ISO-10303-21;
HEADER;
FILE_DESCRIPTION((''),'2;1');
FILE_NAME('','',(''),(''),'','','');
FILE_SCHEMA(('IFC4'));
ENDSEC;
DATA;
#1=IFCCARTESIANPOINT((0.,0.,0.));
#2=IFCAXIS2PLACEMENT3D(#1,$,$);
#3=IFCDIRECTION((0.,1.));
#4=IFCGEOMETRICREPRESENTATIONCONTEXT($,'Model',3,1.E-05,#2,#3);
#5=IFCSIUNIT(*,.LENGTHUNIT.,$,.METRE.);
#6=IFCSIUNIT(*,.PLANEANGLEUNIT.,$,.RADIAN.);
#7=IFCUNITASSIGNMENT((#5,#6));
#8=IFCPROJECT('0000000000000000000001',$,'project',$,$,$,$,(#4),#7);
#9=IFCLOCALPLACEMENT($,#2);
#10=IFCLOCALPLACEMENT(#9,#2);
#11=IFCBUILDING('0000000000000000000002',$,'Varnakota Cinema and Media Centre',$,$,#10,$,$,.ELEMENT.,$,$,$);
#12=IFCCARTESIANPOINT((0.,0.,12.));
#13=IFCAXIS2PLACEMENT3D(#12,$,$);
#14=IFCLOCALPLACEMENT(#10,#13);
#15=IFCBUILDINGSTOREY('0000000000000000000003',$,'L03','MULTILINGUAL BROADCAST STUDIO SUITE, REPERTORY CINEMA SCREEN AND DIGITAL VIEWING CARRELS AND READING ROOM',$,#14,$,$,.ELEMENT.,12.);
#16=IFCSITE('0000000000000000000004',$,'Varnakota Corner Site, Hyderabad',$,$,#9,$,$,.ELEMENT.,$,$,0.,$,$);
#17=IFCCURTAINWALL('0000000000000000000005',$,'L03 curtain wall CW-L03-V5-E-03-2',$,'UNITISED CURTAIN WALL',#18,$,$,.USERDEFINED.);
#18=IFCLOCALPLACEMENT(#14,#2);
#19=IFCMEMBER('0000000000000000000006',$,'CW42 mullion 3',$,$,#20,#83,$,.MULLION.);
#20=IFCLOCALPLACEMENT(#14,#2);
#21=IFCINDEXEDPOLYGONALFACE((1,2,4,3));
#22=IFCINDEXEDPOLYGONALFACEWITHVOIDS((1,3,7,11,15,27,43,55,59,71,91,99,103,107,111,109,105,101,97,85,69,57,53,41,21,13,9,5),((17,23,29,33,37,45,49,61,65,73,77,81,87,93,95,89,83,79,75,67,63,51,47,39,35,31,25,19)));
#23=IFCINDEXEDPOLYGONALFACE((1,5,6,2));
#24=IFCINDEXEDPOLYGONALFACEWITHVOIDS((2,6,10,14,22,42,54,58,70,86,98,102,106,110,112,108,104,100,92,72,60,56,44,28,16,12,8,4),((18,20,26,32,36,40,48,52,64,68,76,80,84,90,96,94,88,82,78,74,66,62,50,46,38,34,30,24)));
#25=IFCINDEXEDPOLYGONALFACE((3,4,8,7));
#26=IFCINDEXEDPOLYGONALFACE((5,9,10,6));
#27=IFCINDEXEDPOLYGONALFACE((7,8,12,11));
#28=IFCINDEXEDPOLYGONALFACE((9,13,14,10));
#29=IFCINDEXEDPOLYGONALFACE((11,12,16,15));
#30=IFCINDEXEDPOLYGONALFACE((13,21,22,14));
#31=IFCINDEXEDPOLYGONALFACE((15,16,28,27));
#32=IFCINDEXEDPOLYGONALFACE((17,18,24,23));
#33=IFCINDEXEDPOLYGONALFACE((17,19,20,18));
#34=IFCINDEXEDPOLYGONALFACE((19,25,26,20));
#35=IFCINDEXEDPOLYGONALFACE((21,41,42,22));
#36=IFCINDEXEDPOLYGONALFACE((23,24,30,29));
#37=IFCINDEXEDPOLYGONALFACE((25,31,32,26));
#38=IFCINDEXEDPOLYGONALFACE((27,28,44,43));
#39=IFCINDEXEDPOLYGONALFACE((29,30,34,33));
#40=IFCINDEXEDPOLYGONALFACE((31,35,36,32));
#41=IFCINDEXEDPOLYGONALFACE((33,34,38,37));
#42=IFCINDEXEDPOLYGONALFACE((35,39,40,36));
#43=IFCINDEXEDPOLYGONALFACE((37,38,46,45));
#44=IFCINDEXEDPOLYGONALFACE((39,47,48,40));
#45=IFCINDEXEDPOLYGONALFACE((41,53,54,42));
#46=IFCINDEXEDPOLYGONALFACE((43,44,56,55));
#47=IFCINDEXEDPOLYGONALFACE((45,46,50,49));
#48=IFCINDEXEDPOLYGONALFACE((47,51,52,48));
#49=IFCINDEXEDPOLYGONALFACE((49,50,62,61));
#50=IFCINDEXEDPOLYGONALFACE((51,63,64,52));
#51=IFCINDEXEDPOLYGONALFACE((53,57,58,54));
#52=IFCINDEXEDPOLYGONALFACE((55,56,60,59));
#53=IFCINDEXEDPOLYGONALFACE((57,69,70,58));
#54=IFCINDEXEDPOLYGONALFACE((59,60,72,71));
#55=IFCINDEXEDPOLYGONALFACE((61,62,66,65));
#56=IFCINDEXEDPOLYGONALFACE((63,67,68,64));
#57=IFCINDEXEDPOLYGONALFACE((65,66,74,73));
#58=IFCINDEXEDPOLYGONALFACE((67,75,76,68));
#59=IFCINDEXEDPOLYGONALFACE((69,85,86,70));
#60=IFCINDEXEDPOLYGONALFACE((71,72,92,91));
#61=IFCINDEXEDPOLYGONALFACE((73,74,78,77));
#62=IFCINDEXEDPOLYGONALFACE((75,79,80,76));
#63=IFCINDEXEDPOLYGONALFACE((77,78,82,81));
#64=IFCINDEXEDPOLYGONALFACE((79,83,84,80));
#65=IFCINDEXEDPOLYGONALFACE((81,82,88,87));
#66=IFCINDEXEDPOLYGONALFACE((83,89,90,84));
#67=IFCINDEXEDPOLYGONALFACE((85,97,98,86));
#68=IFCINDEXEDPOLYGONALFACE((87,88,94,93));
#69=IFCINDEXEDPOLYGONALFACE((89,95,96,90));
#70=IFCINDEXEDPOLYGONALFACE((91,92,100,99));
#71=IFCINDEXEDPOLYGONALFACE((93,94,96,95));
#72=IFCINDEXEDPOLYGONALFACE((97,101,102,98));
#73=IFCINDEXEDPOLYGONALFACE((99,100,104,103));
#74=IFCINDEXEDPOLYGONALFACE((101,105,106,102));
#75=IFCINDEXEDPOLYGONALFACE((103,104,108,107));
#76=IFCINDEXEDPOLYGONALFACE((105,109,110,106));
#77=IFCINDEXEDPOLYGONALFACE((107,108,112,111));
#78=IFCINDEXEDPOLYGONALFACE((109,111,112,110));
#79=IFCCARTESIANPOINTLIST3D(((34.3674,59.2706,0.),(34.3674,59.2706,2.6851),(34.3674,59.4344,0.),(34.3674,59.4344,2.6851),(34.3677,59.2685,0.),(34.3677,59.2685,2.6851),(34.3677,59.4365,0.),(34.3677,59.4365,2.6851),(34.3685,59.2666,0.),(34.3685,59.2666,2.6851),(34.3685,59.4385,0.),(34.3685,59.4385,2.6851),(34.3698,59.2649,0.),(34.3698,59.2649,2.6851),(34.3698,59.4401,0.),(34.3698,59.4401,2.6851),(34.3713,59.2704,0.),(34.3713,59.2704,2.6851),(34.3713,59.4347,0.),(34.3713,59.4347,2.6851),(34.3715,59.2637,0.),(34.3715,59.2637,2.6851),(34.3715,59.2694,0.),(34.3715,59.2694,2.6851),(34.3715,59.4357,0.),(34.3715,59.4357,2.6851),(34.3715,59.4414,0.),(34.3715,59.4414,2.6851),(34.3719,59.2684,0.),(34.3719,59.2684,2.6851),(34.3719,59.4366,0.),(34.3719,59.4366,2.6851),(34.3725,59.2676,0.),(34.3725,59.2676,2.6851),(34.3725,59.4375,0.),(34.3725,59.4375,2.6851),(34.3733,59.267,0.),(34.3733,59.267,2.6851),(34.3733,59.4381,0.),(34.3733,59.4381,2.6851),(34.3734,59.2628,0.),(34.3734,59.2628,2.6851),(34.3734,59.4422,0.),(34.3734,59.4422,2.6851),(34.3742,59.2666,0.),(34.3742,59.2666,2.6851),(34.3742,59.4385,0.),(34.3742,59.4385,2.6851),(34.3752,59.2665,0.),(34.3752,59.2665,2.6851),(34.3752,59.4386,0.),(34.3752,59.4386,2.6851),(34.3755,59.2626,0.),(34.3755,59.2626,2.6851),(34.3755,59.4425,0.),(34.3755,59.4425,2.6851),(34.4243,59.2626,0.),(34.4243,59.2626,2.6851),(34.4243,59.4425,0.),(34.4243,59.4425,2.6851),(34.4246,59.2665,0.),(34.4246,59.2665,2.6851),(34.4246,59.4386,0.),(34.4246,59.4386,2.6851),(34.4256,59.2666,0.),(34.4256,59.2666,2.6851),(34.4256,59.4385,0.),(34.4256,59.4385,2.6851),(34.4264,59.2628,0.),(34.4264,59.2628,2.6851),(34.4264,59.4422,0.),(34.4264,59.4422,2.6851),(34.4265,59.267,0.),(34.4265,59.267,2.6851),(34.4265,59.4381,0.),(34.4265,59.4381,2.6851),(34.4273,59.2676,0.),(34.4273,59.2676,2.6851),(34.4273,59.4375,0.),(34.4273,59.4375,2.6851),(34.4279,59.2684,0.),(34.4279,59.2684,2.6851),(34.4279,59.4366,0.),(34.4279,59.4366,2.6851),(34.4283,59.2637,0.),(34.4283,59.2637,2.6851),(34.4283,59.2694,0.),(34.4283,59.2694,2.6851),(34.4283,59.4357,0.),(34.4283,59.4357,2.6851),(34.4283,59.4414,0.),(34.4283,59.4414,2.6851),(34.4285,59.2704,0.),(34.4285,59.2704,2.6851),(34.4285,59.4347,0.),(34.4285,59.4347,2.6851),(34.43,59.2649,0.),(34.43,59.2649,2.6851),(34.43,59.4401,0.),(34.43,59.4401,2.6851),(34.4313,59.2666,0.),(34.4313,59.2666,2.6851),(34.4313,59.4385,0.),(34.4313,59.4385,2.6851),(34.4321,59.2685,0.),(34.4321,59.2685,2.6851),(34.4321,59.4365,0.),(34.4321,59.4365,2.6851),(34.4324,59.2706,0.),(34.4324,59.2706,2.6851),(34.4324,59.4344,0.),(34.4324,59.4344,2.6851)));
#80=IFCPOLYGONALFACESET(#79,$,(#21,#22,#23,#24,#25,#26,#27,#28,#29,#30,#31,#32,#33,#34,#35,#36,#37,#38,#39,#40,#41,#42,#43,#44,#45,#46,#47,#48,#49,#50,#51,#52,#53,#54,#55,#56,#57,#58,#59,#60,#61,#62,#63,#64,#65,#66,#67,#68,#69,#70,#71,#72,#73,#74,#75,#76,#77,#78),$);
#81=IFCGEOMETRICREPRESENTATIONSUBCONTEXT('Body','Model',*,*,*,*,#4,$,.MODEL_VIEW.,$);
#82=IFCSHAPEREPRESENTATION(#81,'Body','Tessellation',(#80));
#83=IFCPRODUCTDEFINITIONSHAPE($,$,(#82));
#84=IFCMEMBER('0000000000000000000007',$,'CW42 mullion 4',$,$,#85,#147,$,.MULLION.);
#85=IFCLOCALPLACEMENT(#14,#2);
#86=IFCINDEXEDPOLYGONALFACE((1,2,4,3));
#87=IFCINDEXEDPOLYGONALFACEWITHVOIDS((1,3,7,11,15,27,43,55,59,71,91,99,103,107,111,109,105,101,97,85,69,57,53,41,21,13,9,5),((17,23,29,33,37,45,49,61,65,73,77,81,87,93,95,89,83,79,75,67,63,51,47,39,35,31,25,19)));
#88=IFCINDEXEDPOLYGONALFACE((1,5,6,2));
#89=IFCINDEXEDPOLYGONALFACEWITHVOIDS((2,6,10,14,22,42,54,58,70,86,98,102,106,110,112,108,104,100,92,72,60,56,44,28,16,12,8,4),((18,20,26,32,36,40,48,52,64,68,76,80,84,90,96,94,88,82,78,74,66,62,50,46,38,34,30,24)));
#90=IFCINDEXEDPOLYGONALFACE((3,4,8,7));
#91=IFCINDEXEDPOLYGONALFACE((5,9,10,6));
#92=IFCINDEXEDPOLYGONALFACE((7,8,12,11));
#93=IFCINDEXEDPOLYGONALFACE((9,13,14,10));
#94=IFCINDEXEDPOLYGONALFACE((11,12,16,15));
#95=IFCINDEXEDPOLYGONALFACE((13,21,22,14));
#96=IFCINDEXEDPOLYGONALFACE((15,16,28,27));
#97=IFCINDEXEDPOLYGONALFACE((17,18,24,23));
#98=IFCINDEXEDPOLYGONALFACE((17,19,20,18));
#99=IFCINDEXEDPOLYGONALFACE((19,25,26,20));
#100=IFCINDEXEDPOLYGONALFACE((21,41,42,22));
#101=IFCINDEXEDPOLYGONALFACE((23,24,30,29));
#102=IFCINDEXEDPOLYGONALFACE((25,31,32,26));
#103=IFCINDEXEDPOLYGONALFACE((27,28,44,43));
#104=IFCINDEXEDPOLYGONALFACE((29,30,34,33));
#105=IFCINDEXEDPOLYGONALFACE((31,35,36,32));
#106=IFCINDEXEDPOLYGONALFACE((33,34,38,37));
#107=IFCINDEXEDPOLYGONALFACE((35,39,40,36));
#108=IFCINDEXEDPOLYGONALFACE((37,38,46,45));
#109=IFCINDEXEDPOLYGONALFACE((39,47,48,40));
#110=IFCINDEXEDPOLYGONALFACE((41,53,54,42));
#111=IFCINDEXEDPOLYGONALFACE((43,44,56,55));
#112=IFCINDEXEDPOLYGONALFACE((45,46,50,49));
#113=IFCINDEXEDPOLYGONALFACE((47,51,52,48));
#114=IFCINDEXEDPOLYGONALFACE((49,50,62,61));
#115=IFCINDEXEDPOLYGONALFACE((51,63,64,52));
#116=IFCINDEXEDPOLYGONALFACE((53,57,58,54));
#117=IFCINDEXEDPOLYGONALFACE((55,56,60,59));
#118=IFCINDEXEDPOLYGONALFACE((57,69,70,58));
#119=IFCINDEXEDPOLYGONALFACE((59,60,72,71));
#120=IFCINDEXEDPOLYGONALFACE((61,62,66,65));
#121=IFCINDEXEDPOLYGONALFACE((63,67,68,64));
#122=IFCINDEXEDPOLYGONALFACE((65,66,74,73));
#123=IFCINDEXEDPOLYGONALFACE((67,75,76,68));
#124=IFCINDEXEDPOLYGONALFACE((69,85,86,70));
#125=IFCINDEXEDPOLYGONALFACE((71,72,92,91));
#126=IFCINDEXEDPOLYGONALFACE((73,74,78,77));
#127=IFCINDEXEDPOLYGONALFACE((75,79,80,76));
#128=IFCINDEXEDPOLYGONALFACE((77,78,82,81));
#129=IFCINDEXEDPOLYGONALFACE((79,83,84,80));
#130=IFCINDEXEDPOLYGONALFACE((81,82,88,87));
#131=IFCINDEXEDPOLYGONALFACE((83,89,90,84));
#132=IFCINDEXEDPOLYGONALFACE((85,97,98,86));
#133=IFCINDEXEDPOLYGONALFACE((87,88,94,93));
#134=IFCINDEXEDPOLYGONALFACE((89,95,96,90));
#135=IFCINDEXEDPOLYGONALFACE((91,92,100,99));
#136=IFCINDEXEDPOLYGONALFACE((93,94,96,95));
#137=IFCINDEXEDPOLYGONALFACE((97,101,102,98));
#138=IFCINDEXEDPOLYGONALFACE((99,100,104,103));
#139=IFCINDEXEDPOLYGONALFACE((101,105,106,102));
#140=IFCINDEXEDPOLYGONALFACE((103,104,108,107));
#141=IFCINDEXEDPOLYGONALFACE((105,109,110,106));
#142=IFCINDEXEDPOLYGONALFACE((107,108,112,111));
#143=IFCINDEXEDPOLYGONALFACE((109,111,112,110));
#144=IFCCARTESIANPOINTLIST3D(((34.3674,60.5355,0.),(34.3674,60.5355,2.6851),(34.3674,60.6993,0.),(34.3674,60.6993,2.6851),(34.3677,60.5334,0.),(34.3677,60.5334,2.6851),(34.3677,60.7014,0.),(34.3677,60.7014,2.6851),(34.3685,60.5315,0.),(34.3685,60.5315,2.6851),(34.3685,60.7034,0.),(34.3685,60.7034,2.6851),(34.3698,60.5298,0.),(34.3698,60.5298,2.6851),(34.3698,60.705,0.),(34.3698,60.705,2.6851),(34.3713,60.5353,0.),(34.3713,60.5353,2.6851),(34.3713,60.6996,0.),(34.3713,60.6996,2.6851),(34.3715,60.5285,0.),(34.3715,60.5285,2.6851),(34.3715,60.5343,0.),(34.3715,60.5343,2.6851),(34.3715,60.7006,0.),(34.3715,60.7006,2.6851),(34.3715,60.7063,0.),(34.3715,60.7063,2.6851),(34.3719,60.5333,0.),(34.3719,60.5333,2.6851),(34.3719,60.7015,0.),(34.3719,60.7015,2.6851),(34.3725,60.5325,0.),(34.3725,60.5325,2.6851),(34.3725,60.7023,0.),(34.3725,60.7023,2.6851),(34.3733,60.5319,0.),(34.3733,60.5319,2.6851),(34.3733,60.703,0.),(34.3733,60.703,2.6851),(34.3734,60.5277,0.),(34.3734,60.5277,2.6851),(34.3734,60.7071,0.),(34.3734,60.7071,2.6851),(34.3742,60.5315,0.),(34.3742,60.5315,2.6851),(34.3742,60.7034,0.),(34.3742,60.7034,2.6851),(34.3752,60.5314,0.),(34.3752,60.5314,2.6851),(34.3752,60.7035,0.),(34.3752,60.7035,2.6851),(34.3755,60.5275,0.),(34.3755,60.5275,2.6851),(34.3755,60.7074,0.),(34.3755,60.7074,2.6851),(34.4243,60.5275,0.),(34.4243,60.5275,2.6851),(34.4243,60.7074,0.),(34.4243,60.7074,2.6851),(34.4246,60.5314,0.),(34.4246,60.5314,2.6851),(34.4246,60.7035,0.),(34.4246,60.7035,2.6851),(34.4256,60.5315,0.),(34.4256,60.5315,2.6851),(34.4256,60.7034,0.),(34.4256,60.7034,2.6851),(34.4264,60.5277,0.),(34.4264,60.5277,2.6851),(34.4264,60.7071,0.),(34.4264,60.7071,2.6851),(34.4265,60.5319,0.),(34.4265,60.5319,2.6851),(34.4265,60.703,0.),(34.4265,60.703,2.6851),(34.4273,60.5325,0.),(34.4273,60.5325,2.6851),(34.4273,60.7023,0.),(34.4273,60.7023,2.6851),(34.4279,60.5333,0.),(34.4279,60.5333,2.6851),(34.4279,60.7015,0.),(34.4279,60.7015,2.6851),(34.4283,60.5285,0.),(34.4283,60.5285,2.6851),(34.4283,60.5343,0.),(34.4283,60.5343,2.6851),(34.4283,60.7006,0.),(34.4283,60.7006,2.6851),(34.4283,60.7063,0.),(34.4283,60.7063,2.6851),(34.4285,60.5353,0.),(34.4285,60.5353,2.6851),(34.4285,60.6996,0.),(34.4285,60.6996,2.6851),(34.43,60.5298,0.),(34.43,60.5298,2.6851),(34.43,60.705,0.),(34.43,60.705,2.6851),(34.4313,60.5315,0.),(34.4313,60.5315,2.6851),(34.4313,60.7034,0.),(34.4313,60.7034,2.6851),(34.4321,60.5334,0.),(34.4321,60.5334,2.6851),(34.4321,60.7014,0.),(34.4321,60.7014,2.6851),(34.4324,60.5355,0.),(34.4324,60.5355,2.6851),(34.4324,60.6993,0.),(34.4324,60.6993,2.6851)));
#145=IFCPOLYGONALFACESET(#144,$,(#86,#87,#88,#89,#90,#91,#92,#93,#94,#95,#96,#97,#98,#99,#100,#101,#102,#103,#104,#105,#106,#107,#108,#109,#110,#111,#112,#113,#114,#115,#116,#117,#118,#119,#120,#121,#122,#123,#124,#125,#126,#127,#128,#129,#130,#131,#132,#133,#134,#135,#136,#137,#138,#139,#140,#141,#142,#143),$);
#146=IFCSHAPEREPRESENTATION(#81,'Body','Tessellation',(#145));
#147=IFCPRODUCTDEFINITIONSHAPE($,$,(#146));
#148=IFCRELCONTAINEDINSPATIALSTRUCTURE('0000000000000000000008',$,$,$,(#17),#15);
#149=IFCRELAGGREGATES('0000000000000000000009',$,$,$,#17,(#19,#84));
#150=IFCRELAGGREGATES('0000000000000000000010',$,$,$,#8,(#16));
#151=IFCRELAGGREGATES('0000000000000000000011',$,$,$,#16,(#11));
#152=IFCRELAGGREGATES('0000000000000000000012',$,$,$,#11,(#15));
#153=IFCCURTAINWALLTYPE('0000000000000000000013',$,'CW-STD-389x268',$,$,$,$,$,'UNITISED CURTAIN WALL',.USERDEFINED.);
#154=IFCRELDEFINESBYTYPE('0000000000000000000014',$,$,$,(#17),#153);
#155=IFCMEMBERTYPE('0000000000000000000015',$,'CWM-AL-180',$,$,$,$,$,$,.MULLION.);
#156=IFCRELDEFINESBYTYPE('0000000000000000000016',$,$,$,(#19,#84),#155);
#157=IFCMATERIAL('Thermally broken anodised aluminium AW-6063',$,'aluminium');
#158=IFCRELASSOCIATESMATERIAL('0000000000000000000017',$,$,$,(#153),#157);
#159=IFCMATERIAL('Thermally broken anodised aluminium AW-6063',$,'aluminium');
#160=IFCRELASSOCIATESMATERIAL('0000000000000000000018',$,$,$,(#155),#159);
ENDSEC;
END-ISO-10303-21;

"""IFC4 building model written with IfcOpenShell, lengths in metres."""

from ifc_helpers import new_model, si_unit, direction, frame, origin, origin_2d, place, context, subcontext, project, spatial, hollow_rectangle, extrude, material, material_profile, profile_set, type_object, element, aggregate, save


model = new_model("IFC4")

# Units and contexts
model_context = context("Model", 3, precision=1e-05, world=origin(), true_north=direction((0.0, 1.0)))
body_context = subcontext(model_context, "Body", "Model", "MODEL_VIEW")
ifc_project = project(units=[si_unit("LENGTHUNIT", "METRE"), si_unit("PLANEANGLEUNIT", "RADIAN")], contexts=[model_context])

# Site, building, storey
site_placement = place(None, origin())
site = spatial("IfcSite", under=ifc_project, at=site_placement, Name="Varnakota Corner Site, Hyderabad", CompositionType="ELEMENT", RefElevation=0.0)
building_placement = place(site_placement, origin())
building = spatial("IfcBuilding", under=site, at=building_placement, Name="Varnakota Cinema and Media Centre", CompositionType="ELEMENT")
storey_placement = place(building_placement, frame((0.0, 0.0, 12.0)))
storey = spatial("IfcBuildingStorey", under=building, at=storey_placement, Name="L03", Description="MULTILINGUAL BROADCAST STUDIO SUITE, REPERTORY CINEMA SCREEN AND DIGITAL VIEWING CARRELS AND READING ROOM", CompositionType="ELEMENT", Elevation=12.0)

# Curtain wall, members
ifc_material_1 = material(Name="Thermally broken anodised aluminium AW-6063", Category="aluminium")
curtain_wall_type_1 = type_object("IfcCurtainWallType", Name="CW-STD-389x268", ElementType="UNITISED CURTAIN WALL", PredefinedType="USERDEFINED", material=ifc_material_1)
curtain_wall_1_placement = place(storey_placement, origin())
curtain_wall_1 = element("IfcCurtainWall", 1, at=curtain_wall_1_placement, inside=storey, type_object=curtain_wall_type_1, Name="L03 curtain wall CW-L03-V5-E-03-2", ObjectType="UNITISED CURTAIN WALL", PredefinedType="USERDEFINED")
ifc_material_2 = material(Name="Thermally broken anodised aluminium AW-6063", Category="aluminium")
ifc_material_profile_1 = material_profile(ifc_material_2, hollow_rectangle(XDim=0.0649, YDim=0.1799, WallThickness=0.0039, InnerFilletRadius=0.0039, OuterFilletRadius=0.0081, at=origin_2d()), Name="AL-MULLION 180x65x4")
ifc_profile_set_1 = profile_set([ifc_material_profile_1], Name="Thermally broken anodised aluminium AW-6063")
member_type_1 = type_object("IfcMemberType", Name="CWM-AL-180", PredefinedType="MULLION", material=ifc_profile_set_1)
member_1_placement = place(storey_placement, frame((34.3999, 59.3525, 0.0), z_axis=(0.0, 0.0, 1.0), x_axis=(-1.0, 0.0, 0.0)))
member_1 = element("IfcMember", 2, at=member_1_placement, type_object=member_type_1, Name="CW42 mullion 3", PredefinedType="MULLION", context=body_context, shape_type="SweptSolid", body=[
    extrude(hollow_rectangle(XDim=0.0649, YDim=0.1799, WallThickness=0.0039, InnerFilletRadius=0.0039, OuterFilletRadius=0.0081, at=origin_2d()), origin(), (0.0, 0.0, 1.0), 2.6851),
])
member_2_placement = place(storey_placement, frame((34.3999, 60.6174, 0.0), z_axis=(0.0, 0.0, 1.0), x_axis=(-1.0, 0.0, 0.0)))
member_2 = element("IfcMember", 3, at=member_2_placement, type_object=member_type_1, Name="CW42 mullion 4", PredefinedType="MULLION", context=body_context, shape_type="SweptSolid", body=[
    extrude(hollow_rectangle(XDim=0.0649, YDim=0.1799, WallThickness=0.0039, InnerFilletRadius=0.0039, OuterFilletRadius=0.0081, at=origin_2d()), origin(), (0.0, 0.0, 1.0), 2.6851),
])

aggregate(curtain_wall_1, [member_1, member_2])

save(model, "model.ifc")
